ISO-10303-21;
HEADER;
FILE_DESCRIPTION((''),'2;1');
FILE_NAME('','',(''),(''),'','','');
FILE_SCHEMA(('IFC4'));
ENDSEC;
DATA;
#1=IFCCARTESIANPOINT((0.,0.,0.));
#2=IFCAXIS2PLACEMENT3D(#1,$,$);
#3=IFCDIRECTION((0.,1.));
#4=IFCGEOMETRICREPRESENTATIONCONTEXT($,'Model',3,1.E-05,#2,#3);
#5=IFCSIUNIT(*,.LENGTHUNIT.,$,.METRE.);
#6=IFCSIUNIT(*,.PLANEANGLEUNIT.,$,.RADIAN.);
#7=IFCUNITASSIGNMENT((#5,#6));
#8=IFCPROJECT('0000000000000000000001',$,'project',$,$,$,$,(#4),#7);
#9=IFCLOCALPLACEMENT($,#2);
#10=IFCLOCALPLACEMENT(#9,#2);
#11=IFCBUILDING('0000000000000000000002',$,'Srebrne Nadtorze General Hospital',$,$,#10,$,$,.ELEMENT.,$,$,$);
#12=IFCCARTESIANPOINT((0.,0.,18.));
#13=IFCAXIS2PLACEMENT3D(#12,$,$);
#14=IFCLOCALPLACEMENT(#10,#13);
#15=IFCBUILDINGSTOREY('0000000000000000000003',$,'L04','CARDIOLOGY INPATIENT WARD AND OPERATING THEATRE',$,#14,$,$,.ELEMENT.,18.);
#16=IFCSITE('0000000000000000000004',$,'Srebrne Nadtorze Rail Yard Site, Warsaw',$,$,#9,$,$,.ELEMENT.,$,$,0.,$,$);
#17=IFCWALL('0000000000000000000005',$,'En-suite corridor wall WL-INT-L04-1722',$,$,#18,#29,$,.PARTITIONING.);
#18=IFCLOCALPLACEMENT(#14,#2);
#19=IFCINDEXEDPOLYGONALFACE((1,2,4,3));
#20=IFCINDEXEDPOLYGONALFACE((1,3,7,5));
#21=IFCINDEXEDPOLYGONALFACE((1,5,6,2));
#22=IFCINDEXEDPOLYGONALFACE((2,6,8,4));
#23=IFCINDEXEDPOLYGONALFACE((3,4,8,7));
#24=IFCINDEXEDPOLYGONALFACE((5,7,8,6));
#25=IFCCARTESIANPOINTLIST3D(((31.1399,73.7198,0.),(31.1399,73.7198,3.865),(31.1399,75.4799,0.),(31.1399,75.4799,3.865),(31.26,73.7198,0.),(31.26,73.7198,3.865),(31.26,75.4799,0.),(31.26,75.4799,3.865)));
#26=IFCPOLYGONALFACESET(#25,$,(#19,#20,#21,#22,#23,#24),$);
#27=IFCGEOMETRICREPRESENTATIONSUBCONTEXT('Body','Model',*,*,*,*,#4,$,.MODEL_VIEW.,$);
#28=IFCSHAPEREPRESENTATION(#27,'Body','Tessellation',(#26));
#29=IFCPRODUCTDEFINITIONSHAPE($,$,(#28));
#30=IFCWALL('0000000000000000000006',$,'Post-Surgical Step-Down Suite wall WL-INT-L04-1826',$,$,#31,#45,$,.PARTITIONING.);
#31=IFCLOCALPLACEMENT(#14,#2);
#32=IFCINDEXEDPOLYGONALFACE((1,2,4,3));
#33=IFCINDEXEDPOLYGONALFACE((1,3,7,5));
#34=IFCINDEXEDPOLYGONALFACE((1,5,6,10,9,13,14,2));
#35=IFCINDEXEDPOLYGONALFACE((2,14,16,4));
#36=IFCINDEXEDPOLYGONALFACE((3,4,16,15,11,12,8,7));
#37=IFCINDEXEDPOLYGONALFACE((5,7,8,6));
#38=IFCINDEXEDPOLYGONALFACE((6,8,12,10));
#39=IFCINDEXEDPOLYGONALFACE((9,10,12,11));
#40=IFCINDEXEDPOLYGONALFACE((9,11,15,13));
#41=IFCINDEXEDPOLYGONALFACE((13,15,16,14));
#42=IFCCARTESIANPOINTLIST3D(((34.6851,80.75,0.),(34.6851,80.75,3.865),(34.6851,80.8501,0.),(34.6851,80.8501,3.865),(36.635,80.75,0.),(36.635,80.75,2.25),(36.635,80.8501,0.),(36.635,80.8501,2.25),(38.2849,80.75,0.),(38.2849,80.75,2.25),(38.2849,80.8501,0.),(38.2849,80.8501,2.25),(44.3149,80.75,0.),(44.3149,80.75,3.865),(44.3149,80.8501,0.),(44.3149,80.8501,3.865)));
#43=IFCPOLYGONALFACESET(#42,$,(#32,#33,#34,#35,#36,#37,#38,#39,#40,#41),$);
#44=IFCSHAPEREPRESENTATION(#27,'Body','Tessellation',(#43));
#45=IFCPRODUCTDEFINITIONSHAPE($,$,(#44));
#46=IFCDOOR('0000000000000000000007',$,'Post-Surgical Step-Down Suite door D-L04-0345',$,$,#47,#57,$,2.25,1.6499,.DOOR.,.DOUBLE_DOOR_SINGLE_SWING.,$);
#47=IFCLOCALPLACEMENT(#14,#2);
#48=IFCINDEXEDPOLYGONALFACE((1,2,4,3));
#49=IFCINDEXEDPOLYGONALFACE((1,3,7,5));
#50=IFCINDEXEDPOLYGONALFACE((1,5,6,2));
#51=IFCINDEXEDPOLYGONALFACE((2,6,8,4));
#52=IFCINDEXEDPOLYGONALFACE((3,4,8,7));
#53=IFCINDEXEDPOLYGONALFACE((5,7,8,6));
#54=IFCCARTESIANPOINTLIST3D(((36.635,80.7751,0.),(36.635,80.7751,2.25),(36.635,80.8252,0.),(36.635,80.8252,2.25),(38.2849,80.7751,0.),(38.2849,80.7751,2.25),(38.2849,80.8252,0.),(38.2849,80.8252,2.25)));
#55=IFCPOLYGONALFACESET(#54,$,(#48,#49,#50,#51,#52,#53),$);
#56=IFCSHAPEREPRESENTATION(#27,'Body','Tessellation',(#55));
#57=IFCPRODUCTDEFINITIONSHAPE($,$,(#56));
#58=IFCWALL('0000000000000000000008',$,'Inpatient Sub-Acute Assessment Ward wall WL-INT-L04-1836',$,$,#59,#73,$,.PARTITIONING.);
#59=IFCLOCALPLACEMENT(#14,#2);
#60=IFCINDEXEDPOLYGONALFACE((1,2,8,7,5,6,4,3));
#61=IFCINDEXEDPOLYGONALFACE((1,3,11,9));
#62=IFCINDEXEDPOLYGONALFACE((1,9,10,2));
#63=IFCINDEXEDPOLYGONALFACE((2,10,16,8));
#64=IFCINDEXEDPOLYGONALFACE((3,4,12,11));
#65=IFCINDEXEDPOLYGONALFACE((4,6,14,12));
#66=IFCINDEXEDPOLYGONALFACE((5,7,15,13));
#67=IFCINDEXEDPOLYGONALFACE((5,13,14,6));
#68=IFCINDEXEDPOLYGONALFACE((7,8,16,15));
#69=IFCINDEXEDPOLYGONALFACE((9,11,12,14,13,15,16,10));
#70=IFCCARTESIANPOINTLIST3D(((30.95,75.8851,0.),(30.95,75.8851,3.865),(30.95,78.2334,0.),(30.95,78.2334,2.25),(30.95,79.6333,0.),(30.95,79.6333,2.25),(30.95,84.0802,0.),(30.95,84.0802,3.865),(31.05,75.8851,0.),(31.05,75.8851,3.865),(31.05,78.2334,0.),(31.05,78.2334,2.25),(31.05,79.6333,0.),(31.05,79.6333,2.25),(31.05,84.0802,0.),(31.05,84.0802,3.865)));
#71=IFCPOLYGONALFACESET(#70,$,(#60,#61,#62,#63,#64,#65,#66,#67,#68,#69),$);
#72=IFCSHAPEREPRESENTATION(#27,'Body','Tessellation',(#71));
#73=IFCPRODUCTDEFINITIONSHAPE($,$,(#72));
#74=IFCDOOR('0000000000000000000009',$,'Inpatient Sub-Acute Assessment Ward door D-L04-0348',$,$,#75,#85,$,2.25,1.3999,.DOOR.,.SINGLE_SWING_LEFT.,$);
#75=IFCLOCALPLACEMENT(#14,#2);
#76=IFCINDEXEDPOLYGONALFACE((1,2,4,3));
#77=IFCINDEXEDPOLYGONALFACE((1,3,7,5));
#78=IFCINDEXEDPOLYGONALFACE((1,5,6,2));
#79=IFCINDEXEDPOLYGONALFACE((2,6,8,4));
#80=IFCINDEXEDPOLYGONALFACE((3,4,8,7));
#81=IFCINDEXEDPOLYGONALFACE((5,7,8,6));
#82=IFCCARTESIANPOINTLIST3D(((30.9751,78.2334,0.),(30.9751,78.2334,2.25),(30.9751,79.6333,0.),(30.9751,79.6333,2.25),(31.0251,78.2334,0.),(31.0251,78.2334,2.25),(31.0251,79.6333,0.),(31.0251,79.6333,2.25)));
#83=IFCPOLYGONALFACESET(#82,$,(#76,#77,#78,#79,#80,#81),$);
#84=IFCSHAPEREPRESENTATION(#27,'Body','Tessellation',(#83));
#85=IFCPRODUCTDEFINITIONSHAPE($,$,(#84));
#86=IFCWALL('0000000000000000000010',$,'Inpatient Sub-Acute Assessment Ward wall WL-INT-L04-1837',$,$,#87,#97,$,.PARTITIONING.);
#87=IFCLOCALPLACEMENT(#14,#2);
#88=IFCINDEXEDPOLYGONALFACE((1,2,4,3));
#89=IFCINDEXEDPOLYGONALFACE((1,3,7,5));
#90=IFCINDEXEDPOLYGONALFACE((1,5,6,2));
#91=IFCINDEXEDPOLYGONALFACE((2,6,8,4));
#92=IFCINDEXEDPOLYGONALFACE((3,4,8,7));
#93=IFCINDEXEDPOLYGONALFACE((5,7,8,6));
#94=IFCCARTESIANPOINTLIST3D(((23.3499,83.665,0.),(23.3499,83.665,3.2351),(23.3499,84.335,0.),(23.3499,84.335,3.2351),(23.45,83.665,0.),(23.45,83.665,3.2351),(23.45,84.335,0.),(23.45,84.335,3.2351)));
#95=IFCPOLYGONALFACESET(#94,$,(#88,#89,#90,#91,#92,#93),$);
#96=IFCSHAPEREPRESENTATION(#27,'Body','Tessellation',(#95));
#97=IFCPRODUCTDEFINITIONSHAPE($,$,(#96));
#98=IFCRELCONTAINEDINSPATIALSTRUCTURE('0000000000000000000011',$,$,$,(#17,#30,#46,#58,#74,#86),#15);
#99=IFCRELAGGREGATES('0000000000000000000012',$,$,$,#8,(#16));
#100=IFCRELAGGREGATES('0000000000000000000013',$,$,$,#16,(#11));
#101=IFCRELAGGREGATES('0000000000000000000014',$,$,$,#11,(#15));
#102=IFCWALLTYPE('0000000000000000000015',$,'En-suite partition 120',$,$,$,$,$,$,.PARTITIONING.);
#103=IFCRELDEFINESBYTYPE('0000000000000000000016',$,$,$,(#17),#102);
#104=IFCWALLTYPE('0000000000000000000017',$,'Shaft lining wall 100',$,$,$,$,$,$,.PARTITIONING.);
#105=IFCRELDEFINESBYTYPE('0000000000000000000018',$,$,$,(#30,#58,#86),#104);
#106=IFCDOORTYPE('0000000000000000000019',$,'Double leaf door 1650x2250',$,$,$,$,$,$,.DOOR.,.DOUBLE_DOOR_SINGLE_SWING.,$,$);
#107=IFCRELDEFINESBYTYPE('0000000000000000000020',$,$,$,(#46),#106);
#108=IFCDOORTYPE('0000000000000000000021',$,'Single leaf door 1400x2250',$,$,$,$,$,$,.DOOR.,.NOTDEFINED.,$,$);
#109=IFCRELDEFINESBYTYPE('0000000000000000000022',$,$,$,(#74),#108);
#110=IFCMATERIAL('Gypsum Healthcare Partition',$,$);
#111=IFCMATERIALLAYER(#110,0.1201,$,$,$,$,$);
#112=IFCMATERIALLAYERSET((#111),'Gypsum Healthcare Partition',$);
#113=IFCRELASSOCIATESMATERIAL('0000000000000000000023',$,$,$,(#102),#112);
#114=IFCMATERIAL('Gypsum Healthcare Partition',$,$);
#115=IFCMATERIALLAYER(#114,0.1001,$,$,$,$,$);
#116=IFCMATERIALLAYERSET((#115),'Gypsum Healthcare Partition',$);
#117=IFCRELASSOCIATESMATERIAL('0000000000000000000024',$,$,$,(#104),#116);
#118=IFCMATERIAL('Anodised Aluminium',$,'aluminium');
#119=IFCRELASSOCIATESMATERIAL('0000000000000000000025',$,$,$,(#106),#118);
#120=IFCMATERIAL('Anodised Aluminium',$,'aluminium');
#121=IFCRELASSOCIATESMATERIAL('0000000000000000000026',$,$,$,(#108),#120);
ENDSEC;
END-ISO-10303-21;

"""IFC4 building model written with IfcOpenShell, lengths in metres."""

from ifc_helpers import new_model, si_unit, direction, frame, frame_2d, origin, place, context, subcontext, project, spatial, rectangle, extrude, material, layer, layer_set, type_object, element, fill, save


model = new_model("IFC4")

# Units and contexts
model_context = context("Model", 3, precision=1e-05, world=origin(), true_north=direction((0.0, 1.0)))
body_context = subcontext(model_context, "Body", "Model", "MODEL_VIEW")
ifc_project = project(units=[si_unit("LENGTHUNIT", "METRE"), si_unit("PLANEANGLEUNIT", "RADIAN")], contexts=[model_context])

# Site, building, storey
site_placement = place(None, origin())
site = spatial("IfcSite", under=ifc_project, at=site_placement, Name="Srebrne Nadtorze Rail Yard Site, Warsaw", CompositionType="ELEMENT", RefElevation=0.0)
building_placement = place(site_placement, origin())
building = spatial("IfcBuilding", under=site, at=building_placement, Name="Srebrne Nadtorze General Hospital", CompositionType="ELEMENT")
storey_placement = place(building_placement, frame((0.0, 0.0, 18.0)))
storey = spatial("IfcBuildingStorey", under=building, at=storey_placement, Name="L04", Description="CARDIOLOGY INPATIENT WARD AND OPERATING THEATRE", CompositionType="ELEMENT", Elevation=18.0)

# Wall
ifc_material_1 = material(Name="Gypsum Healthcare Partition")
ifc_layer_1 = layer(ifc_material_1, 0.1201)
ifc_layer_set_1 = layer_set([ifc_layer_1], Name="Gypsum Healthcare Partition")
wall_type_1 = type_object("IfcWallType", Name="En-suite partition 120", PredefinedType="PARTITIONING", material=ifc_layer_set_1)
wall_1_placement = place(storey_placement, frame((31.2, 73.72, 0.0), z_axis=(0.0, 0.0, 1.0), x_axis=(0.0, 1.0, 0.0)))
element("IfcWall", 1, at=wall_1_placement, inside=storey, type_object=wall_type_1, Name="En-suite corridor wall WL-INT-L04-1722", PredefinedType="PARTITIONING", context=body_context, shape_type="SweptSolid", body=[
    extrude(rectangle(XDim=1.76, YDim=0.1201, at=frame_2d((0.8799, 0.0))), origin(), (0.0, 0.0, 1.0), 3.865),
])

# Walls, openings, doors
ifc_material_2 = material(Name="Gypsum Healthcare Partition")
ifc_layer_2 = layer(ifc_material_2, 0.1001)
ifc_layer_set_2 = layer_set([ifc_layer_2], Name="Gypsum Healthcare Partition")
wall_type_2 = type_object("IfcWallType", Name="Shaft lining wall 100", PredefinedType="PARTITIONING", material=ifc_layer_set_2)
wall_2_placement = place(storey_placement, frame((34.6851, 80.8, 0.0), z_axis=(0.0, 0.0, 1.0), x_axis=(1.0, 0.0, 0.0)))
wall_2 = element("IfcWall", 2, at=wall_2_placement, inside=storey, type_object=wall_type_2, Name="Post-Surgical Step-Down Suite wall WL-INT-L04-1826", PredefinedType="PARTITIONING", context=body_context, shape_type="SweptSolid", body=[
    extrude(rectangle(XDim=9.6299, YDim=0.1001, at=frame_2d((4.8149, 0.0))), origin(), (0.0, 0.0, 1.0), 3.865),
])
opening_1_placement = place(wall_2_placement, frame((1.95, 0.0, 0.0)))
opening_1 = element("IfcOpeningElement", 3, at=opening_1_placement, cuts=wall_2, PredefinedType="OPENING", context=body_context, shape_type="SweptSolid", body=[
    extrude(rectangle(XDim=1.6499, YDim=2.25, at=frame_2d((0.825, 1.125))), frame((0.0, 0.062, 0.0), z_axis=(0.0, -1.0, 0.0), x_axis=(1.0, 0.0, 0.0)), (0.0, 0.0, 1.0), 0.124),
])
ifc_material_3 = material(Name="Anodised Aluminium", Category="aluminium")
door_type_1 = type_object("IfcDoorType", Name="Double leaf door 1650x2250", OperationType="DOUBLE_DOOR_SINGLE_SWING", PredefinedType="DOOR", material=ifc_material_3)
door_1_placement = place(opening_1_placement, frame((1.6499, 0.0, 0.0), z_axis=(0.0, 0.0, 1.0), x_axis=(-1.0, 0.0, 0.0)))
door_1 = element("IfcDoor", 4, at=door_1_placement, inside=storey, type_object=door_type_1, Name="Post-Surgical Step-Down Suite door D-L04-0345", OperationType="DOUBLE_DOOR_SINGLE_SWING", OverallHeight=2.25, OverallWidth=1.6499, PredefinedType="DOOR", context=body_context, shape_type="SweptSolid", body=[
    extrude(rectangle(XDim=1.6499, YDim=2.25, at=frame_2d((0.825, 1.125))), frame((0.0, 0.0249, 0.0), z_axis=(0.0, -1.0, 0.0), x_axis=(1.0, 0.0, 0.0)), (0.0, 0.0, 1.0), 0.05),
])
fill(opening_1, door_1)
wall_3_placement = place(storey_placement, frame((31.0, 75.885, 0.0), z_axis=(0.0, 0.0, 1.0), x_axis=(0.0, 1.0, 0.0)))
wall_3 = element("IfcWall", 5, at=wall_3_placement, inside=storey, type_object=wall_type_2, Name="Inpatient Sub-Acute Assessment Ward wall WL-INT-L04-1836", PredefinedType="PARTITIONING", context=body_context, shape_type="SweptSolid", body=[
    extrude(rectangle(XDim=8.1951, YDim=0.1001, at=frame_2d((4.0977, 0.0))), origin(), (0.0, 0.0, 1.0), 3.865),
])
opening_2_placement = place(wall_3_placement, frame((2.3484, 0.0, 0.0)))
opening_2 = element("IfcOpeningElement", 6, at=opening_2_placement, cuts=wall_3, PredefinedType="OPENING", context=body_context, shape_type="SweptSolid", body=[
    extrude(rectangle(XDim=1.3999, YDim=2.25, at=frame_2d((0.7, 1.125))), frame((0.0, 0.062, 0.0), z_axis=(0.0, -1.0, 0.0), x_axis=(1.0, 0.0, 0.0)), (0.0, 0.0, 1.0), 0.124),
])
ifc_material_4 = material(Name="Anodised Aluminium", Category="aluminium")
door_type_2 = type_object("IfcDoorType", Name="Single leaf door 1400x2250", OperationType="NOTDEFINED", PredefinedType="DOOR", material=ifc_material_4)
door_2_placement = place(opening_2_placement, origin())
door_2 = element("IfcDoor", 7, at=door_2_placement, inside=storey, type_object=door_type_2, Name="Inpatient Sub-Acute Assessment Ward door D-L04-0348", OperationType="SINGLE_SWING_LEFT", OverallHeight=2.25, OverallWidth=1.3999, PredefinedType="DOOR", context=body_context, shape_type="SweptSolid", body=[
    extrude(rectangle(XDim=1.3999, YDim=2.25, at=frame_2d((0.7, 1.125))), frame((0.0, 0.0249, 0.0), z_axis=(0.0, -1.0, 0.0), x_axis=(1.0, 0.0, 0.0)), (0.0, 0.0, 1.0), 0.05),
])
fill(opening_2, door_2)

# Wall
wall_4_placement = place(storey_placement, frame((23.3999, 83.665, 0.0), z_axis=(0.0, 0.0, 1.0), x_axis=(0.0, 1.0, 0.0)))
element("IfcWall", 8, at=wall_4_placement, inside=storey, type_object=wall_type_2, Name="Inpatient Sub-Acute Assessment Ward wall WL-INT-L04-1837", PredefinedType="PARTITIONING", context=body_context, shape_type="SweptSolid", body=[
    extrude(rectangle(XDim=0.6699, YDim=0.1001, at=frame_2d((0.335, 0.0))), origin(), (0.0, 0.0, 1.0), 3.2351),
])

save(model, "model.ifc")
